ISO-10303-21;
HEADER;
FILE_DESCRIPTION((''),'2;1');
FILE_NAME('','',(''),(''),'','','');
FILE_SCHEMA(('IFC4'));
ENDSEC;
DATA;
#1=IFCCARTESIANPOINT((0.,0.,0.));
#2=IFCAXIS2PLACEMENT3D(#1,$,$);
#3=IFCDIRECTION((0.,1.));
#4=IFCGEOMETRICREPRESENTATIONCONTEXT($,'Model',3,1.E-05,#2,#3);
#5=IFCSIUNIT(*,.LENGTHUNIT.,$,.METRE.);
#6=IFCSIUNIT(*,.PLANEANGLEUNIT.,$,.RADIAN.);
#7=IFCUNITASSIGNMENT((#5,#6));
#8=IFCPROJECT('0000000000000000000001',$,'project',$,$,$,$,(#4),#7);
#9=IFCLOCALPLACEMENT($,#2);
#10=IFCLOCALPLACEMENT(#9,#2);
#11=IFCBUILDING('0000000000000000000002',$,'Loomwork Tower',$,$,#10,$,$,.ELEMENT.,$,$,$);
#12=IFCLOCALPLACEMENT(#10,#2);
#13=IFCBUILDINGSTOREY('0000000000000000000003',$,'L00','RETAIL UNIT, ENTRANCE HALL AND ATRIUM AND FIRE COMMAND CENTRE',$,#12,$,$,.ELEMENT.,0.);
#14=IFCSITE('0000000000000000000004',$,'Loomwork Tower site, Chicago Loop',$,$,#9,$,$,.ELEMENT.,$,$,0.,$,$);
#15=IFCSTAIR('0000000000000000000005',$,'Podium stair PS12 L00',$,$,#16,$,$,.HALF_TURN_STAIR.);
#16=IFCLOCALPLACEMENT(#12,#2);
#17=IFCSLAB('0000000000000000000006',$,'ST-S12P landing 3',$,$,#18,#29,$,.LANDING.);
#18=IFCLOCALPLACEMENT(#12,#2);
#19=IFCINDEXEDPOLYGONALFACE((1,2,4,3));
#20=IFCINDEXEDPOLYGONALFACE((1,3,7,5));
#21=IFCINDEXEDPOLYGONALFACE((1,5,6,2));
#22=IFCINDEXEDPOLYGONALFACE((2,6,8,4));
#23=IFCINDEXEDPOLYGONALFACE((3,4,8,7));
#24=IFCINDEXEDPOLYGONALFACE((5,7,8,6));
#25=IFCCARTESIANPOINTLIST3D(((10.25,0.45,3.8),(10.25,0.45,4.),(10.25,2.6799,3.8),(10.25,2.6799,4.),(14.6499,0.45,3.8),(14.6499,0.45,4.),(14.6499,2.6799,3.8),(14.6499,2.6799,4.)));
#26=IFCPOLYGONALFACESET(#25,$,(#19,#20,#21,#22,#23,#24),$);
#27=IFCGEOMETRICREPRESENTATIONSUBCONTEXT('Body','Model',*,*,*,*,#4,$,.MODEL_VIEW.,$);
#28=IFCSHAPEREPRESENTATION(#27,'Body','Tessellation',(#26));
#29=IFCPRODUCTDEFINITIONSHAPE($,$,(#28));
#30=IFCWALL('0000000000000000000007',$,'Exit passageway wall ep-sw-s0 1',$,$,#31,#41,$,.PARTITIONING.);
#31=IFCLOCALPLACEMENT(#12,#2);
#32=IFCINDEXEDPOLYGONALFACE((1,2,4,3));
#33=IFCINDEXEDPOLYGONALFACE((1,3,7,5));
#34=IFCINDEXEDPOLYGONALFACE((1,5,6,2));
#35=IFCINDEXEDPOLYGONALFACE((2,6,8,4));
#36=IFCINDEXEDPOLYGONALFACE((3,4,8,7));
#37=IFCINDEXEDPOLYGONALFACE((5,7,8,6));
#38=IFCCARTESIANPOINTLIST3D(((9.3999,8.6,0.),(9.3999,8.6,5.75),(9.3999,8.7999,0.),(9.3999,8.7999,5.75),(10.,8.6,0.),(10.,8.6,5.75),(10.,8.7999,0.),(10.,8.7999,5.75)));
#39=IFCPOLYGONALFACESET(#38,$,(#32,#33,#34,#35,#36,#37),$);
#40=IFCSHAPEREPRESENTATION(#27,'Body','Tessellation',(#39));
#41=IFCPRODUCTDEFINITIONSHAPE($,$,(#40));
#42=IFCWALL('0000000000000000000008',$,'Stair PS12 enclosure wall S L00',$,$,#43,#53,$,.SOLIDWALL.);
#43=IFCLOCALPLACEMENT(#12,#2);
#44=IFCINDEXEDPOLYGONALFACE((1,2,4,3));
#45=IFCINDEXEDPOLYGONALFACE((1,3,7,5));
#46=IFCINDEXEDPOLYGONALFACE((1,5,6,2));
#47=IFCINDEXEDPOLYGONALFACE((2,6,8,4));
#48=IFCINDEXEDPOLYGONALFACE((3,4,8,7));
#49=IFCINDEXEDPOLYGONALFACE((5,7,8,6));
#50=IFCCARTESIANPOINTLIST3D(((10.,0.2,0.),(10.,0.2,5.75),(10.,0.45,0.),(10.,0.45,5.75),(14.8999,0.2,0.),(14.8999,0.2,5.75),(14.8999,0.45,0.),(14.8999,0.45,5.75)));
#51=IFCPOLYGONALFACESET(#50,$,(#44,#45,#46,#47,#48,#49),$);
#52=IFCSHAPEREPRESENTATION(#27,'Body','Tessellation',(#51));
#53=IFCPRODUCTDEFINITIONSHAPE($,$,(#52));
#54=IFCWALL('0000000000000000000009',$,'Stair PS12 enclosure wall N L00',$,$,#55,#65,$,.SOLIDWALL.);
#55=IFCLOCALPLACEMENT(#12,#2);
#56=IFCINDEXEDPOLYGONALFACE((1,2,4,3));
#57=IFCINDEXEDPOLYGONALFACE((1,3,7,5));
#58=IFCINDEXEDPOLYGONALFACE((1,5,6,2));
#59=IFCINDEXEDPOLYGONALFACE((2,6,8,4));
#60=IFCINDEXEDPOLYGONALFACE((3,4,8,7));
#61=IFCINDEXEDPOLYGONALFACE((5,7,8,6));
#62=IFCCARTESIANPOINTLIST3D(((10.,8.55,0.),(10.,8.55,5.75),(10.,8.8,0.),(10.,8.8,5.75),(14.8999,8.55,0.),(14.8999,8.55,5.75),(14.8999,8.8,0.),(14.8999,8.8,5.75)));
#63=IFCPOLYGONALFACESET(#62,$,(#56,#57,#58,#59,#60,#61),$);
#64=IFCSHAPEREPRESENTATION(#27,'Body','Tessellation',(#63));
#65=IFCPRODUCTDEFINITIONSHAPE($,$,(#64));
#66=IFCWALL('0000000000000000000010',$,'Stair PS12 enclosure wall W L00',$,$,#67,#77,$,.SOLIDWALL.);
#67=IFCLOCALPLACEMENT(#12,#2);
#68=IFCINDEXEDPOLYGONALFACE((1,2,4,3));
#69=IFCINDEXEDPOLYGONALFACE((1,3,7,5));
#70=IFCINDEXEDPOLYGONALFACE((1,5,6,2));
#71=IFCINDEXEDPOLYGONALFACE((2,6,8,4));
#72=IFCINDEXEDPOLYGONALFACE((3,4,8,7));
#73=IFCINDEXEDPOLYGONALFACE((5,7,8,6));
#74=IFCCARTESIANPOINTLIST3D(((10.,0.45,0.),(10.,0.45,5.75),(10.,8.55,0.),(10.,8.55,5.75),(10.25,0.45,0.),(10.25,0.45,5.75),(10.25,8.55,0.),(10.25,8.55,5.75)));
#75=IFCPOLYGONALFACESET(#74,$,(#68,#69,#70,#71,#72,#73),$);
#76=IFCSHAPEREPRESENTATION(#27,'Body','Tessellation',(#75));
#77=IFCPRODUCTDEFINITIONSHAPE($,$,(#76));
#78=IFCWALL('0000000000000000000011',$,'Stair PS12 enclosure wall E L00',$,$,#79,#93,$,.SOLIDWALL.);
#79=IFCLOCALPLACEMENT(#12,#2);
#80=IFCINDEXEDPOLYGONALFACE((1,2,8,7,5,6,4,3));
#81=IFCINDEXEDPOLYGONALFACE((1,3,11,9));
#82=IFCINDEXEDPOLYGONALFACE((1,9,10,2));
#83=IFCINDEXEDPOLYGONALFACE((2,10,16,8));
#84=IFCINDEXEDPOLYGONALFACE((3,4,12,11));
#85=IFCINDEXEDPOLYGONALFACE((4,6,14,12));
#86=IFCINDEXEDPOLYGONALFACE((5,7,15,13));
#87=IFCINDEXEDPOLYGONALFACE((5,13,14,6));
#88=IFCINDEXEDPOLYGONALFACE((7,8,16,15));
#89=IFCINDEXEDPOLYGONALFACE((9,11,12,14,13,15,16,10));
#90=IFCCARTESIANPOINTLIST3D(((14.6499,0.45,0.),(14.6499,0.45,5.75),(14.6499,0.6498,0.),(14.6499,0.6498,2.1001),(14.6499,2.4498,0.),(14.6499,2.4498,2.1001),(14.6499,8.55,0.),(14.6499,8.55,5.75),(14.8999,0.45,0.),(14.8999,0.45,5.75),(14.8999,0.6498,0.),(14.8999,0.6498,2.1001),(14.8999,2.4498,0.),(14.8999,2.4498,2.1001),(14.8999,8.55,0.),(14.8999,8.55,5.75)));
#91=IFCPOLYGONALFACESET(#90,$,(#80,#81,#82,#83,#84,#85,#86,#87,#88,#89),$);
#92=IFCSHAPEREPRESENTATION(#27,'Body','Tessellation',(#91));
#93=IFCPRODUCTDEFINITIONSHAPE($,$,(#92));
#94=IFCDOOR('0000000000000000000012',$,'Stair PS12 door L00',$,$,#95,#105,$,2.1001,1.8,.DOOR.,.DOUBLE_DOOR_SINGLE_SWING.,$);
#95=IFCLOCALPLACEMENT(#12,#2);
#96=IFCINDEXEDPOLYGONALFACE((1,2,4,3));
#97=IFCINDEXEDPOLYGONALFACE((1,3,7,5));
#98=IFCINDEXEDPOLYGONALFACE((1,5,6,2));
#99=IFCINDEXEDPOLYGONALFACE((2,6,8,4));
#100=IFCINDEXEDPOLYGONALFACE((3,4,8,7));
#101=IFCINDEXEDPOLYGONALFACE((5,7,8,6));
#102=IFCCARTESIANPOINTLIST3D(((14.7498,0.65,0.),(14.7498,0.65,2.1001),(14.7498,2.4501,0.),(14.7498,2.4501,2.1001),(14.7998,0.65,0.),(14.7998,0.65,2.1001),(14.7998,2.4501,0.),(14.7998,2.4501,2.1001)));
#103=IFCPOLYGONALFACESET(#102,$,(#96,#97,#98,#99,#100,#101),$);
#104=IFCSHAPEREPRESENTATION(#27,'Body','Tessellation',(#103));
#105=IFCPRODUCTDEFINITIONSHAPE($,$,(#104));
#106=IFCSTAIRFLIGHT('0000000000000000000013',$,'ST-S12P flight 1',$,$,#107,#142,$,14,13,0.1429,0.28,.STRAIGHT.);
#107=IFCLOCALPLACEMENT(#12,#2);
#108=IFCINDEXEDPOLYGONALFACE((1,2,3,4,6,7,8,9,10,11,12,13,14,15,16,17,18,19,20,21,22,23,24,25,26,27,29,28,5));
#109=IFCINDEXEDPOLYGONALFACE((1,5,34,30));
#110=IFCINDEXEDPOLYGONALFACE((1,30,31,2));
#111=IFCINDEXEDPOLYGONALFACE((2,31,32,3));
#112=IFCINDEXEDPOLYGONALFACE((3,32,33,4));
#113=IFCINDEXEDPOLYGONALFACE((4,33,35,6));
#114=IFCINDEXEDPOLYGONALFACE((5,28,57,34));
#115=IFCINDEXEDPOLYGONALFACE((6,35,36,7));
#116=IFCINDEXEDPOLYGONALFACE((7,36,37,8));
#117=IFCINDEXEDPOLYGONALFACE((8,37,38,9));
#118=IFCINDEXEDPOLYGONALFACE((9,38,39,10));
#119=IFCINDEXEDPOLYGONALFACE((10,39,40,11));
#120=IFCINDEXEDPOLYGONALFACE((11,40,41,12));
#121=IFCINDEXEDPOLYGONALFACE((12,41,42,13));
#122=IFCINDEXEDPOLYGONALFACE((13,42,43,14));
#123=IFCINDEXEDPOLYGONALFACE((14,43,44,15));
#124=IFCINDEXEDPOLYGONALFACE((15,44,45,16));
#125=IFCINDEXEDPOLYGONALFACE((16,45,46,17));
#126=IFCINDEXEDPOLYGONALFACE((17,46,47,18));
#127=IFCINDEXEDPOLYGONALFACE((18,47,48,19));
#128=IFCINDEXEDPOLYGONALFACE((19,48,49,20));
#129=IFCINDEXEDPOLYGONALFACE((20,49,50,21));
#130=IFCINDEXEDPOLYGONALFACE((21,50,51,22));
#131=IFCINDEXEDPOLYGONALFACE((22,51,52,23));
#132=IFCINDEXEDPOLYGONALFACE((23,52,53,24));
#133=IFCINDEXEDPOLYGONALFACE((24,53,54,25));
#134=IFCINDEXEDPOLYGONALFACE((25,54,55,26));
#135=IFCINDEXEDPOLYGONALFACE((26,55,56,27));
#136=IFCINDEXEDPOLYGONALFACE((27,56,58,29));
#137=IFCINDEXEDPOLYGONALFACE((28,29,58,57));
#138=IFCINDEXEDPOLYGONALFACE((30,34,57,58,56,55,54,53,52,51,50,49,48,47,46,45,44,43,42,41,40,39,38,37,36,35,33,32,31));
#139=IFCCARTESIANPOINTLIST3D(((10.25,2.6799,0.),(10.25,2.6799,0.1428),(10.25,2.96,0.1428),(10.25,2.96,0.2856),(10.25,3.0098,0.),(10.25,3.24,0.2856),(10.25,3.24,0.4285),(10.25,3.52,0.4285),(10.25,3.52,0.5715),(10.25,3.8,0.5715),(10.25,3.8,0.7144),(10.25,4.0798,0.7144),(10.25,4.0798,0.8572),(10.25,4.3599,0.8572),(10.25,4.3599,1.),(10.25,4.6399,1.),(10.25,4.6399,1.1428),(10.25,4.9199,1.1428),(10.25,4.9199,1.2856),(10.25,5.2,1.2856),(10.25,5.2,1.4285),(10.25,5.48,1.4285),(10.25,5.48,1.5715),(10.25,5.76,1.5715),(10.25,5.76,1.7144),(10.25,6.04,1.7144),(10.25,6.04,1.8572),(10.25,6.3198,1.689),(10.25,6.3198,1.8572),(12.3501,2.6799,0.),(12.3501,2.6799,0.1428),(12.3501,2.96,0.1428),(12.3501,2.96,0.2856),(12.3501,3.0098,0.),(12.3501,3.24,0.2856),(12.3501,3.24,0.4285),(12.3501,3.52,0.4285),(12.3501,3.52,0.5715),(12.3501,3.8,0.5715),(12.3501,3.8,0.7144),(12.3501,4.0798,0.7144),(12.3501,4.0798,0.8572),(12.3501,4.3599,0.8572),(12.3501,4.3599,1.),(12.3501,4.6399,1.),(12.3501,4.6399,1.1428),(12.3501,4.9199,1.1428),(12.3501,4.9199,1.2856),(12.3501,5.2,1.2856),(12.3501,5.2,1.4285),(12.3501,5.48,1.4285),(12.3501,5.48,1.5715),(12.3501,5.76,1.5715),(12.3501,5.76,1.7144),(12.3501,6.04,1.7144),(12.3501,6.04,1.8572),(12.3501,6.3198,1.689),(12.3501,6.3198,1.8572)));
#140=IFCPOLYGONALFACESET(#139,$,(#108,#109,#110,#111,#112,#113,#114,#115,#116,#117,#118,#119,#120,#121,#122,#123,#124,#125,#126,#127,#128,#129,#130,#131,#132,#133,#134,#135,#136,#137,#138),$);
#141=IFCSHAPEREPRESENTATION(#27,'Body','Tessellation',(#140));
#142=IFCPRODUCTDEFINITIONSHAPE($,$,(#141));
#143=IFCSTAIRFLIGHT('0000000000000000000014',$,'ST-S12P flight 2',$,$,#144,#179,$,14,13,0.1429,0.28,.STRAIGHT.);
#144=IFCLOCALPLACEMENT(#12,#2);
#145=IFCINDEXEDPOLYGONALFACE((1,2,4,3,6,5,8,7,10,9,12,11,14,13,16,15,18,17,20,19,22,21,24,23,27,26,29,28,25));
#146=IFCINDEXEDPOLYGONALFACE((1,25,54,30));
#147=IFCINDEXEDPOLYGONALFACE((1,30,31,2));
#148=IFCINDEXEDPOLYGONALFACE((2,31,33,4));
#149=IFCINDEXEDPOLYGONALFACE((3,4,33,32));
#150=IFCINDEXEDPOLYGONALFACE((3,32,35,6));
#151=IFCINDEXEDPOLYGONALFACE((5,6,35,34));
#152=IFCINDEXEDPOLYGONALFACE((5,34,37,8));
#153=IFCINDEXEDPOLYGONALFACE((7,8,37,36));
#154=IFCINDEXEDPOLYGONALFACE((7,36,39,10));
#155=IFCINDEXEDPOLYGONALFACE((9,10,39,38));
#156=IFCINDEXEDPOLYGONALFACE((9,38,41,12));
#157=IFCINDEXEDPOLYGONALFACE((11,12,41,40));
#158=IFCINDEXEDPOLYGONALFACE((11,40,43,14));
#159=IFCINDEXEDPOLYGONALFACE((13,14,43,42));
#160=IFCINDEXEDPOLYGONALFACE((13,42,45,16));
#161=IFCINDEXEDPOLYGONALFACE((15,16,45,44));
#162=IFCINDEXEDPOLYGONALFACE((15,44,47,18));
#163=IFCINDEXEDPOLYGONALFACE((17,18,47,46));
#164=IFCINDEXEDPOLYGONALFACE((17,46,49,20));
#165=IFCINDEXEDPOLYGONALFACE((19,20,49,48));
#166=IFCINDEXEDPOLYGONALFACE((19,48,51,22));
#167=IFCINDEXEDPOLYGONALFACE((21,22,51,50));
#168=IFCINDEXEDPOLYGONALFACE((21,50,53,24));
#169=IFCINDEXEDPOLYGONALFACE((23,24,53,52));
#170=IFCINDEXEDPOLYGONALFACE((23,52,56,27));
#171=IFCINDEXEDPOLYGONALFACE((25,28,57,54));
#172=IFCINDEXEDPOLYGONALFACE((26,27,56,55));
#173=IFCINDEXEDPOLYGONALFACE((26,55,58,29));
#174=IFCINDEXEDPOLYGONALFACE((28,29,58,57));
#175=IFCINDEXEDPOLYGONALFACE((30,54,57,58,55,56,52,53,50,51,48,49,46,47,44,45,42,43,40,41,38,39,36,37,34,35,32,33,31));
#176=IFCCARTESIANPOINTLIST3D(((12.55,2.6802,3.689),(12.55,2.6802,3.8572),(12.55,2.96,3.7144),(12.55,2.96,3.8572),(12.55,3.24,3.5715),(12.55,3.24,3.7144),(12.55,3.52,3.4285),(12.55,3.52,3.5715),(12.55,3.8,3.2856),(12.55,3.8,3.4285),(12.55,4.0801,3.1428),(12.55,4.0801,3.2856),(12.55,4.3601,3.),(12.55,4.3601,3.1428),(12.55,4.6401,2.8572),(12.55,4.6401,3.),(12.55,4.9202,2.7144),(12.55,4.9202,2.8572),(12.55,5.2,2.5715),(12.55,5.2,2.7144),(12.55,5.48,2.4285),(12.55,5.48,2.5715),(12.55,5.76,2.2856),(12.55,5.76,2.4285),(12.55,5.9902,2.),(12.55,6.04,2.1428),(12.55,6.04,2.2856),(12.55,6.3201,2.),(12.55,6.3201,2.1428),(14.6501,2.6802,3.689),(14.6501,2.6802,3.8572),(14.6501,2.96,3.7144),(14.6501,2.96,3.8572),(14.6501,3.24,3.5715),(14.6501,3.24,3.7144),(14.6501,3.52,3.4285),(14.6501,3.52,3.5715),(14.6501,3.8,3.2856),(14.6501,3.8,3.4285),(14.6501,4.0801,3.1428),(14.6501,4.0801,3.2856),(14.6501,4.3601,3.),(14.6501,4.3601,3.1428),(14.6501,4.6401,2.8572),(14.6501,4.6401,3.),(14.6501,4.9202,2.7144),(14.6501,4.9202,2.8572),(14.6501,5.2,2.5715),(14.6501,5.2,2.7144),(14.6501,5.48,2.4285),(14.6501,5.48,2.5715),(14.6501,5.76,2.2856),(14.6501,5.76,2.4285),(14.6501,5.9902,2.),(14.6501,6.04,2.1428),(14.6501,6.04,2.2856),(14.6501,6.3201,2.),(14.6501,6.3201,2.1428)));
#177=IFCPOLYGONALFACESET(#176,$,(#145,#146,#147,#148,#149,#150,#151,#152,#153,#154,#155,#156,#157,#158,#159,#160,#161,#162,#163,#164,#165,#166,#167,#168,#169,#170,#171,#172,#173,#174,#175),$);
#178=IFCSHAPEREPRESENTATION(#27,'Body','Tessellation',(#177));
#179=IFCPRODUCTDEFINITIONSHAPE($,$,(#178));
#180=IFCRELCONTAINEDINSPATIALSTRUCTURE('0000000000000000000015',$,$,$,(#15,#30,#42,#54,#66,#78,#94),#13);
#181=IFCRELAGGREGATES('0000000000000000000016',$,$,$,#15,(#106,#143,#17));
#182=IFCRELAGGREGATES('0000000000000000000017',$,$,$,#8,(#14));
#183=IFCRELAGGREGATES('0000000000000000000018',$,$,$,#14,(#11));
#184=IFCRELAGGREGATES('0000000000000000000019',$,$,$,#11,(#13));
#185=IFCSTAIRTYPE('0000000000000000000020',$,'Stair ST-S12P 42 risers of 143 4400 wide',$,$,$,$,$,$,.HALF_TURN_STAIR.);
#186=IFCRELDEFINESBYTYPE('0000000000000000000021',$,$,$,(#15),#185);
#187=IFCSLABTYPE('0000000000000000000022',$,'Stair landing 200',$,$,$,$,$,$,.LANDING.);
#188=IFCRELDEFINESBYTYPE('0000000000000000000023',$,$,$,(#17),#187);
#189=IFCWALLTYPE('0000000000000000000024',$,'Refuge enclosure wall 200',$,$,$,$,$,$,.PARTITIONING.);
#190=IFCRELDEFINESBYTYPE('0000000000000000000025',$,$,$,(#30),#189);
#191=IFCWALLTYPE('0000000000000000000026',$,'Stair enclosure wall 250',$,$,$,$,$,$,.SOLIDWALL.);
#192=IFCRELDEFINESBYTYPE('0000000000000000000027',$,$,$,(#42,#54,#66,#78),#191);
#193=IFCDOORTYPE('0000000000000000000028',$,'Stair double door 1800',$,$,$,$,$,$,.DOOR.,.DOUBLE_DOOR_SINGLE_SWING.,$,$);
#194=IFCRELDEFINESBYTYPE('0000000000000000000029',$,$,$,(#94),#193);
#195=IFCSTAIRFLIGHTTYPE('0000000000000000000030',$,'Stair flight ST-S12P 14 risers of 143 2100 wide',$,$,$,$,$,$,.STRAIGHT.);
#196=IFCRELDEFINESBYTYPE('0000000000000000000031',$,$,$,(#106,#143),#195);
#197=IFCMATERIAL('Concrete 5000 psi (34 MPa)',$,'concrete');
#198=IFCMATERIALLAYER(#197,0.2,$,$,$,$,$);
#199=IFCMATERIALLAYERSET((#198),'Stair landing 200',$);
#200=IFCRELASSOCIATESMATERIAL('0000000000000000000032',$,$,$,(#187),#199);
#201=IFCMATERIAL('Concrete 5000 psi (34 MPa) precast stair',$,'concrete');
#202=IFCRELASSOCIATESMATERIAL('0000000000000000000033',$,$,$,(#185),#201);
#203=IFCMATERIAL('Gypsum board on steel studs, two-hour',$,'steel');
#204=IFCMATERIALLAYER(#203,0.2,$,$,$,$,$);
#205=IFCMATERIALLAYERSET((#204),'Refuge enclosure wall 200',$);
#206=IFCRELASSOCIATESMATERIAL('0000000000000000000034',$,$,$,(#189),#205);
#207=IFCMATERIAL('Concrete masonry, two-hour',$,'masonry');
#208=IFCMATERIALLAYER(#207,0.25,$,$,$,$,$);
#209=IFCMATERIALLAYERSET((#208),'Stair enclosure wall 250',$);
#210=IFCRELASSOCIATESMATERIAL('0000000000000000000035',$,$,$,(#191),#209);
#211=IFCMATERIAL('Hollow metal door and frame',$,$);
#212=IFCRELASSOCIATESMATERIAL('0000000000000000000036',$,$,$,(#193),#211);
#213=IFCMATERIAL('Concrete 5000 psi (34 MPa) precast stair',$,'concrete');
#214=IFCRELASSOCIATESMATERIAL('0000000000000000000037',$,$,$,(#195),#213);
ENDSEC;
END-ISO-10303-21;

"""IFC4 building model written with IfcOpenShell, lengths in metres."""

from ifc_helpers import new_model, si_unit, direction, frame, frame_2d, origin, place, context, subcontext, project, spatial, polyline, rectangle, outline, extrude, material, layer, layer_set, type_object, element, fill, aggregate, save


model = new_model("IFC4")

# Units and contexts
model_context = context("Model", 3, precision=1e-05, world=origin(), true_north=direction((0.0, 1.0)))
body_context = subcontext(model_context, "Body", "Model", "MODEL_VIEW")
ifc_project = project(units=[si_unit("LENGTHUNIT", "METRE"), si_unit("PLANEANGLEUNIT", "RADIAN")], contexts=[model_context])

# Site, building, storey
site_placement = place(None, origin())
site = spatial("IfcSite", under=ifc_project, at=site_placement, Name="Loomwork Tower site, Chicago Loop", CompositionType="ELEMENT", RefElevation=0.0)
building_placement = place(site_placement, origin())
building = spatial("IfcBuilding", under=site, at=building_placement, Name="Loomwork Tower", CompositionType="ELEMENT")
storey_placement = place(building_placement, origin())
storey = spatial("IfcBuildingStorey", under=building, at=storey_placement, Name="L00", Description="RETAIL UNIT, ENTRANCE HALL AND ATRIUM AND FIRE COMMAND CENTRE", CompositionType="ELEMENT", Elevation=0.0)

# Shared definitions
ifc_material_1 = material(Name="Concrete 5000 psi (34 MPa)", Category="concrete")
ifc_layer_1 = layer(ifc_material_1, 0.2)
ifc_layer_set_1 = layer_set([ifc_layer_1], Name="Stair landing 200")
slab_type = type_object("IfcSlabType", Name="Stair landing 200", PredefinedType="LANDING", material=ifc_layer_set_1)

# Stair, slab
ifc_material_2 = material(Name="Concrete 5000 psi (34 MPa) precast stair", Category="concrete")
stair_type_1 = type_object("IfcStairType", Name="Stair ST-S12P 42 risers of 143 4400 wide", PredefinedType="HALF_TURN_STAIR", material=ifc_material_2)
stair_1_placement = place(storey_placement, origin())
stair_1 = element("IfcStair", 1, at=stair_1_placement, inside=storey, type_object=stair_type_1, Name="Podium stair PS12 L00", PredefinedType="HALF_TURN_STAIR")
slab_1_placement = place(storey_placement, frame((0.0, 0.0, 3.8)))
slab_1 = element("IfcSlab", 2, at=slab_1_placement, type_object=slab_type, Name="ST-S12P landing 3", PredefinedType="LANDING", context=body_context, shape_type="SweptSolid", body=[
    extrude(outline(polyline([(10.25, 0.45), (14.6499, 0.45), (14.6499, 2.6799), (10.25, 2.6799), (10.25, 0.45)])), origin(), (0.0, 0.0, 1.0), 0.2),
])

# Walls
ifc_material_3 = material(Name="Gypsum board on steel studs, two-hour", Category="steel")
ifc_layer_2 = layer(ifc_material_3, 0.2)
ifc_layer_set_2 = layer_set([ifc_layer_2], Name="Refuge enclosure wall 200")
wall_type_1 = type_object("IfcWallType", Name="Refuge enclosure wall 200", PredefinedType="PARTITIONING", material=ifc_layer_set_2)
wall_1_placement = place(storey_placement, frame((9.3999, 8.7, 0.0), z_axis=(0.0, 0.0, 1.0), x_axis=(1.0, 0.0, 0.0)))
element("IfcWall", 3, at=wall_1_placement, inside=storey, type_object=wall_type_1, Name="Exit passageway wall ep-sw-s0 1", PredefinedType="PARTITIONING", context=body_context, shape_type="SweptSolid", body=[
    extrude(rectangle(XDim=0.6001, YDim=0.2, at=frame_2d((0.3, 0.0))), origin(), (0.0, 0.0, 1.0), 5.75),
])
ifc_material_4 = material(Name="Concrete masonry, two-hour", Category="masonry")
ifc_layer_3 = layer(ifc_material_4, 0.25)
ifc_layer_set_3 = layer_set([ifc_layer_3], Name="Stair enclosure wall 250")
wall_type_2 = type_object("IfcWallType", Name="Stair enclosure wall 250", PredefinedType="SOLIDWALL", material=ifc_layer_set_3)
for number, where, z_axis, x_axis, name in (
    (4, (10.0, 0.325, 0.0), (0.0, 0.0, 1.0), (1.0, 0.0, 0.0), "Stair PS12 enclosure wall S L00"),
    (5, (10.0, 8.675, 0.0), (0.0, 0.0, 1.0), (1.0, 0.0, 0.0), "Stair PS12 enclosure wall N L00"),
):
    element("IfcWall", number, at=place(storey_placement, frame(where, z_axis=z_axis, x_axis=x_axis)), inside=storey, type_object=wall_type_2, Name=name, PredefinedType="SOLIDWALL", context=body_context, shape_type="SweptSolid", body=[
        extrude(rectangle(XDim=4.8999, YDim=0.25, at=frame_2d((2.45, 0.0))), origin(), (0.0, 0.0, 1.0), 5.75),
    ])
wall_2_placement = place(storey_placement, frame((10.125, 0.45, 0.0), z_axis=(0.0, 0.0, 1.0), x_axis=(0.0, 1.0, 0.0)))
element("IfcWall", 6, at=wall_2_placement, inside=storey, type_object=wall_type_2, Name="Stair PS12 enclosure wall W L00", PredefinedType="SOLIDWALL", context=body_context, shape_type="SweptSolid", body=[
    extrude(rectangle(XDim=8.1001, YDim=0.25, at=frame_2d((4.05, 0.0))), origin(), (0.0, 0.0, 1.0), 5.75),
])

# Wall, opening, door
wall_3_placement = place(storey_placement, frame((14.7749, 0.45, 0.0), z_axis=(0.0, 0.0, 1.0), x_axis=(0.0, 1.0, 0.0)))
wall_3 = element("IfcWall", 7, at=wall_3_placement, inside=storey, type_object=wall_type_2, Name="Stair PS12 enclosure wall E L00", PredefinedType="SOLIDWALL", context=body_context, shape_type="SweptSolid", body=[
    extrude(rectangle(XDim=8.1001, YDim=0.25, at=frame_2d((4.05, 0.0))), origin(), (0.0, 0.0, 1.0), 5.75),
])
opening_placement = place(wall_3_placement, frame((0.2, 0.0, 0.0)))
opening = element("IfcOpeningElement", 8, at=opening_placement, cuts=wall_3, PredefinedType="OPENING", context=body_context, shape_type="SweptSolid", body=[
    extrude(rectangle(XDim=1.8, YDim=2.1001, at=frame_2d((0.8999, 1.05))), frame((0.0, 0.135, 0.0), z_axis=(0.0, -1.0, 0.0), x_axis=(1.0, 0.0, 0.0)), (0.0, 0.0, 1.0), 0.27),
])
ifc_material_5 = material(Name="Hollow metal door and frame")
door_type = type_object("IfcDoorType", Name="Stair double door 1800", OperationType="DOUBLE_DOOR_SINGLE_SWING", PredefinedType="DOOR", material=ifc_material_5)
door_placement = place(opening_placement, frame((1.8, 0.0, 0.0), z_axis=(0.0, 0.0, 1.0), x_axis=(-1.0, 0.0, 0.0)))
door = element("IfcDoor", 9, at=door_placement, inside=storey, type_object=door_type, Name="Stair PS12 door L00", OperationType="DOUBLE_DOOR_SINGLE_SWING", OverallHeight=2.1001, OverallWidth=1.8, PredefinedType="DOOR", context=body_context, shape_type="SweptSolid", body=[
    extrude(rectangle(XDim=1.8, YDim=2.1001, at=frame_2d((0.8999, 1.05))), frame((0.0, 0.0249, 0.0), z_axis=(0.0, -1.0, 0.0), x_axis=(1.0, 0.0, 0.0)), (0.0, 0.0, 1.0), 0.05),
])
fill(opening, door)

# Stair flights
ifc_material_6 = material(Name="Concrete 5000 psi (34 MPa) precast stair", Category="concrete")
stair_flight_type = type_object("IfcStairFlightType", Name="Stair flight ST-S12P 14 risers of 143 2100 wide", PredefinedType="STRAIGHT", material=ifc_material_6)
stair_flight_1_placement = place(storey_placement, frame((11.3, 2.6799, 0.0), z_axis=(0.0, 0.0, 1.0), x_axis=(0.0, 1.0, 0.0)))
stair_flight_1 = element("IfcStairFlight", 10, at=stair_flight_1_placement, type_object=stair_flight_type, Name="ST-S12P flight 1", NumberOfRisers=14, NumberOfTreads=13, PredefinedType="STRAIGHT", RiserHeight=0.1429, TreadLength=0.28, context=body_context, shape_type="SweptSolid", body=[
    extrude(outline(polyline([(0.0, 0.0), (0.0, 0.1428), (0.28, 0.1428), (0.28, 0.2856), (0.5601, 0.2856), (0.5601, 0.4285), (0.8401, 0.4285), (0.8401, 0.5715), (1.1201, 0.5715), (1.1201, 0.7144), (1.3999, 0.7144), (1.3999, 0.8572), (1.6799, 0.8572), (1.6799, 1.0), (1.96, 1.0), (1.96, 1.1428), (2.24, 1.1428), (2.24, 1.2856), (2.52, 1.2856), (2.52, 1.4285), (2.8, 1.4285), (2.8, 1.5715), (3.0801, 1.5715), (3.0801, 1.7144), (3.3601, 1.7144), (3.3601, 1.8572), (3.6399, 1.8572), (3.6399, 2.0), (3.6399, 1.689), (0.3298, 0.0), (0.0, 0.0)])), frame((0.0, 1.05, 0.0), z_axis=(0.0, -1.0, 0.0), x_axis=(1.0, 0.0, 0.0)), (0.0, 0.0, 1.0), 2.1001),
])
stair_flight_2_placement = place(storey_placement, frame((13.6001, 6.3201, 2.0), z_axis=(0.0, 0.0, 1.0), x_axis=(0.0, -1.0, 0.0)))
stair_flight_2 = element("IfcStairFlight", 11, at=stair_flight_2_placement, type_object=stair_flight_type, Name="ST-S12P flight 2", NumberOfRisers=14, NumberOfTreads=13, PredefinedType="STRAIGHT", RiserHeight=0.1429, TreadLength=0.28, context=body_context, shape_type="SweptSolid", body=[
    extrude(outline(polyline([(0.0, 0.0), (0.0, 0.1428), (0.28, 0.1428), (0.28, 0.2856), (0.5601, 0.2856), (0.5601, 0.4285), (0.8401, 0.4285), (0.8401, 0.5715), (1.1201, 0.5715), (1.1201, 0.7144), (1.3999, 0.7144), (1.3999, 0.8572), (1.6799, 0.8572), (1.6799, 1.0), (1.96, 1.0), (1.96, 1.1428), (2.24, 1.1428), (2.24, 1.2856), (2.52, 1.2856), (2.52, 1.4285), (2.8, 1.4285), (2.8, 1.5715), (3.0801, 1.5715), (3.0801, 1.7144), (3.3601, 1.7144), (3.3601, 1.8572), (3.6399, 1.8572), (3.6399, 2.0), (3.6399, 1.689), (0.3298, 0.0), (0.0, 0.0)])), frame((0.0, 1.05, 0.0), z_axis=(0.0, -1.0, 0.0), x_axis=(1.0, 0.0, 0.0)), (0.0, 0.0, 1.0), 2.1001),
])
aggregate(stair_1, [stair_flight_1, stair_flight_2, slab_1])

save(model, "model.ifc")
